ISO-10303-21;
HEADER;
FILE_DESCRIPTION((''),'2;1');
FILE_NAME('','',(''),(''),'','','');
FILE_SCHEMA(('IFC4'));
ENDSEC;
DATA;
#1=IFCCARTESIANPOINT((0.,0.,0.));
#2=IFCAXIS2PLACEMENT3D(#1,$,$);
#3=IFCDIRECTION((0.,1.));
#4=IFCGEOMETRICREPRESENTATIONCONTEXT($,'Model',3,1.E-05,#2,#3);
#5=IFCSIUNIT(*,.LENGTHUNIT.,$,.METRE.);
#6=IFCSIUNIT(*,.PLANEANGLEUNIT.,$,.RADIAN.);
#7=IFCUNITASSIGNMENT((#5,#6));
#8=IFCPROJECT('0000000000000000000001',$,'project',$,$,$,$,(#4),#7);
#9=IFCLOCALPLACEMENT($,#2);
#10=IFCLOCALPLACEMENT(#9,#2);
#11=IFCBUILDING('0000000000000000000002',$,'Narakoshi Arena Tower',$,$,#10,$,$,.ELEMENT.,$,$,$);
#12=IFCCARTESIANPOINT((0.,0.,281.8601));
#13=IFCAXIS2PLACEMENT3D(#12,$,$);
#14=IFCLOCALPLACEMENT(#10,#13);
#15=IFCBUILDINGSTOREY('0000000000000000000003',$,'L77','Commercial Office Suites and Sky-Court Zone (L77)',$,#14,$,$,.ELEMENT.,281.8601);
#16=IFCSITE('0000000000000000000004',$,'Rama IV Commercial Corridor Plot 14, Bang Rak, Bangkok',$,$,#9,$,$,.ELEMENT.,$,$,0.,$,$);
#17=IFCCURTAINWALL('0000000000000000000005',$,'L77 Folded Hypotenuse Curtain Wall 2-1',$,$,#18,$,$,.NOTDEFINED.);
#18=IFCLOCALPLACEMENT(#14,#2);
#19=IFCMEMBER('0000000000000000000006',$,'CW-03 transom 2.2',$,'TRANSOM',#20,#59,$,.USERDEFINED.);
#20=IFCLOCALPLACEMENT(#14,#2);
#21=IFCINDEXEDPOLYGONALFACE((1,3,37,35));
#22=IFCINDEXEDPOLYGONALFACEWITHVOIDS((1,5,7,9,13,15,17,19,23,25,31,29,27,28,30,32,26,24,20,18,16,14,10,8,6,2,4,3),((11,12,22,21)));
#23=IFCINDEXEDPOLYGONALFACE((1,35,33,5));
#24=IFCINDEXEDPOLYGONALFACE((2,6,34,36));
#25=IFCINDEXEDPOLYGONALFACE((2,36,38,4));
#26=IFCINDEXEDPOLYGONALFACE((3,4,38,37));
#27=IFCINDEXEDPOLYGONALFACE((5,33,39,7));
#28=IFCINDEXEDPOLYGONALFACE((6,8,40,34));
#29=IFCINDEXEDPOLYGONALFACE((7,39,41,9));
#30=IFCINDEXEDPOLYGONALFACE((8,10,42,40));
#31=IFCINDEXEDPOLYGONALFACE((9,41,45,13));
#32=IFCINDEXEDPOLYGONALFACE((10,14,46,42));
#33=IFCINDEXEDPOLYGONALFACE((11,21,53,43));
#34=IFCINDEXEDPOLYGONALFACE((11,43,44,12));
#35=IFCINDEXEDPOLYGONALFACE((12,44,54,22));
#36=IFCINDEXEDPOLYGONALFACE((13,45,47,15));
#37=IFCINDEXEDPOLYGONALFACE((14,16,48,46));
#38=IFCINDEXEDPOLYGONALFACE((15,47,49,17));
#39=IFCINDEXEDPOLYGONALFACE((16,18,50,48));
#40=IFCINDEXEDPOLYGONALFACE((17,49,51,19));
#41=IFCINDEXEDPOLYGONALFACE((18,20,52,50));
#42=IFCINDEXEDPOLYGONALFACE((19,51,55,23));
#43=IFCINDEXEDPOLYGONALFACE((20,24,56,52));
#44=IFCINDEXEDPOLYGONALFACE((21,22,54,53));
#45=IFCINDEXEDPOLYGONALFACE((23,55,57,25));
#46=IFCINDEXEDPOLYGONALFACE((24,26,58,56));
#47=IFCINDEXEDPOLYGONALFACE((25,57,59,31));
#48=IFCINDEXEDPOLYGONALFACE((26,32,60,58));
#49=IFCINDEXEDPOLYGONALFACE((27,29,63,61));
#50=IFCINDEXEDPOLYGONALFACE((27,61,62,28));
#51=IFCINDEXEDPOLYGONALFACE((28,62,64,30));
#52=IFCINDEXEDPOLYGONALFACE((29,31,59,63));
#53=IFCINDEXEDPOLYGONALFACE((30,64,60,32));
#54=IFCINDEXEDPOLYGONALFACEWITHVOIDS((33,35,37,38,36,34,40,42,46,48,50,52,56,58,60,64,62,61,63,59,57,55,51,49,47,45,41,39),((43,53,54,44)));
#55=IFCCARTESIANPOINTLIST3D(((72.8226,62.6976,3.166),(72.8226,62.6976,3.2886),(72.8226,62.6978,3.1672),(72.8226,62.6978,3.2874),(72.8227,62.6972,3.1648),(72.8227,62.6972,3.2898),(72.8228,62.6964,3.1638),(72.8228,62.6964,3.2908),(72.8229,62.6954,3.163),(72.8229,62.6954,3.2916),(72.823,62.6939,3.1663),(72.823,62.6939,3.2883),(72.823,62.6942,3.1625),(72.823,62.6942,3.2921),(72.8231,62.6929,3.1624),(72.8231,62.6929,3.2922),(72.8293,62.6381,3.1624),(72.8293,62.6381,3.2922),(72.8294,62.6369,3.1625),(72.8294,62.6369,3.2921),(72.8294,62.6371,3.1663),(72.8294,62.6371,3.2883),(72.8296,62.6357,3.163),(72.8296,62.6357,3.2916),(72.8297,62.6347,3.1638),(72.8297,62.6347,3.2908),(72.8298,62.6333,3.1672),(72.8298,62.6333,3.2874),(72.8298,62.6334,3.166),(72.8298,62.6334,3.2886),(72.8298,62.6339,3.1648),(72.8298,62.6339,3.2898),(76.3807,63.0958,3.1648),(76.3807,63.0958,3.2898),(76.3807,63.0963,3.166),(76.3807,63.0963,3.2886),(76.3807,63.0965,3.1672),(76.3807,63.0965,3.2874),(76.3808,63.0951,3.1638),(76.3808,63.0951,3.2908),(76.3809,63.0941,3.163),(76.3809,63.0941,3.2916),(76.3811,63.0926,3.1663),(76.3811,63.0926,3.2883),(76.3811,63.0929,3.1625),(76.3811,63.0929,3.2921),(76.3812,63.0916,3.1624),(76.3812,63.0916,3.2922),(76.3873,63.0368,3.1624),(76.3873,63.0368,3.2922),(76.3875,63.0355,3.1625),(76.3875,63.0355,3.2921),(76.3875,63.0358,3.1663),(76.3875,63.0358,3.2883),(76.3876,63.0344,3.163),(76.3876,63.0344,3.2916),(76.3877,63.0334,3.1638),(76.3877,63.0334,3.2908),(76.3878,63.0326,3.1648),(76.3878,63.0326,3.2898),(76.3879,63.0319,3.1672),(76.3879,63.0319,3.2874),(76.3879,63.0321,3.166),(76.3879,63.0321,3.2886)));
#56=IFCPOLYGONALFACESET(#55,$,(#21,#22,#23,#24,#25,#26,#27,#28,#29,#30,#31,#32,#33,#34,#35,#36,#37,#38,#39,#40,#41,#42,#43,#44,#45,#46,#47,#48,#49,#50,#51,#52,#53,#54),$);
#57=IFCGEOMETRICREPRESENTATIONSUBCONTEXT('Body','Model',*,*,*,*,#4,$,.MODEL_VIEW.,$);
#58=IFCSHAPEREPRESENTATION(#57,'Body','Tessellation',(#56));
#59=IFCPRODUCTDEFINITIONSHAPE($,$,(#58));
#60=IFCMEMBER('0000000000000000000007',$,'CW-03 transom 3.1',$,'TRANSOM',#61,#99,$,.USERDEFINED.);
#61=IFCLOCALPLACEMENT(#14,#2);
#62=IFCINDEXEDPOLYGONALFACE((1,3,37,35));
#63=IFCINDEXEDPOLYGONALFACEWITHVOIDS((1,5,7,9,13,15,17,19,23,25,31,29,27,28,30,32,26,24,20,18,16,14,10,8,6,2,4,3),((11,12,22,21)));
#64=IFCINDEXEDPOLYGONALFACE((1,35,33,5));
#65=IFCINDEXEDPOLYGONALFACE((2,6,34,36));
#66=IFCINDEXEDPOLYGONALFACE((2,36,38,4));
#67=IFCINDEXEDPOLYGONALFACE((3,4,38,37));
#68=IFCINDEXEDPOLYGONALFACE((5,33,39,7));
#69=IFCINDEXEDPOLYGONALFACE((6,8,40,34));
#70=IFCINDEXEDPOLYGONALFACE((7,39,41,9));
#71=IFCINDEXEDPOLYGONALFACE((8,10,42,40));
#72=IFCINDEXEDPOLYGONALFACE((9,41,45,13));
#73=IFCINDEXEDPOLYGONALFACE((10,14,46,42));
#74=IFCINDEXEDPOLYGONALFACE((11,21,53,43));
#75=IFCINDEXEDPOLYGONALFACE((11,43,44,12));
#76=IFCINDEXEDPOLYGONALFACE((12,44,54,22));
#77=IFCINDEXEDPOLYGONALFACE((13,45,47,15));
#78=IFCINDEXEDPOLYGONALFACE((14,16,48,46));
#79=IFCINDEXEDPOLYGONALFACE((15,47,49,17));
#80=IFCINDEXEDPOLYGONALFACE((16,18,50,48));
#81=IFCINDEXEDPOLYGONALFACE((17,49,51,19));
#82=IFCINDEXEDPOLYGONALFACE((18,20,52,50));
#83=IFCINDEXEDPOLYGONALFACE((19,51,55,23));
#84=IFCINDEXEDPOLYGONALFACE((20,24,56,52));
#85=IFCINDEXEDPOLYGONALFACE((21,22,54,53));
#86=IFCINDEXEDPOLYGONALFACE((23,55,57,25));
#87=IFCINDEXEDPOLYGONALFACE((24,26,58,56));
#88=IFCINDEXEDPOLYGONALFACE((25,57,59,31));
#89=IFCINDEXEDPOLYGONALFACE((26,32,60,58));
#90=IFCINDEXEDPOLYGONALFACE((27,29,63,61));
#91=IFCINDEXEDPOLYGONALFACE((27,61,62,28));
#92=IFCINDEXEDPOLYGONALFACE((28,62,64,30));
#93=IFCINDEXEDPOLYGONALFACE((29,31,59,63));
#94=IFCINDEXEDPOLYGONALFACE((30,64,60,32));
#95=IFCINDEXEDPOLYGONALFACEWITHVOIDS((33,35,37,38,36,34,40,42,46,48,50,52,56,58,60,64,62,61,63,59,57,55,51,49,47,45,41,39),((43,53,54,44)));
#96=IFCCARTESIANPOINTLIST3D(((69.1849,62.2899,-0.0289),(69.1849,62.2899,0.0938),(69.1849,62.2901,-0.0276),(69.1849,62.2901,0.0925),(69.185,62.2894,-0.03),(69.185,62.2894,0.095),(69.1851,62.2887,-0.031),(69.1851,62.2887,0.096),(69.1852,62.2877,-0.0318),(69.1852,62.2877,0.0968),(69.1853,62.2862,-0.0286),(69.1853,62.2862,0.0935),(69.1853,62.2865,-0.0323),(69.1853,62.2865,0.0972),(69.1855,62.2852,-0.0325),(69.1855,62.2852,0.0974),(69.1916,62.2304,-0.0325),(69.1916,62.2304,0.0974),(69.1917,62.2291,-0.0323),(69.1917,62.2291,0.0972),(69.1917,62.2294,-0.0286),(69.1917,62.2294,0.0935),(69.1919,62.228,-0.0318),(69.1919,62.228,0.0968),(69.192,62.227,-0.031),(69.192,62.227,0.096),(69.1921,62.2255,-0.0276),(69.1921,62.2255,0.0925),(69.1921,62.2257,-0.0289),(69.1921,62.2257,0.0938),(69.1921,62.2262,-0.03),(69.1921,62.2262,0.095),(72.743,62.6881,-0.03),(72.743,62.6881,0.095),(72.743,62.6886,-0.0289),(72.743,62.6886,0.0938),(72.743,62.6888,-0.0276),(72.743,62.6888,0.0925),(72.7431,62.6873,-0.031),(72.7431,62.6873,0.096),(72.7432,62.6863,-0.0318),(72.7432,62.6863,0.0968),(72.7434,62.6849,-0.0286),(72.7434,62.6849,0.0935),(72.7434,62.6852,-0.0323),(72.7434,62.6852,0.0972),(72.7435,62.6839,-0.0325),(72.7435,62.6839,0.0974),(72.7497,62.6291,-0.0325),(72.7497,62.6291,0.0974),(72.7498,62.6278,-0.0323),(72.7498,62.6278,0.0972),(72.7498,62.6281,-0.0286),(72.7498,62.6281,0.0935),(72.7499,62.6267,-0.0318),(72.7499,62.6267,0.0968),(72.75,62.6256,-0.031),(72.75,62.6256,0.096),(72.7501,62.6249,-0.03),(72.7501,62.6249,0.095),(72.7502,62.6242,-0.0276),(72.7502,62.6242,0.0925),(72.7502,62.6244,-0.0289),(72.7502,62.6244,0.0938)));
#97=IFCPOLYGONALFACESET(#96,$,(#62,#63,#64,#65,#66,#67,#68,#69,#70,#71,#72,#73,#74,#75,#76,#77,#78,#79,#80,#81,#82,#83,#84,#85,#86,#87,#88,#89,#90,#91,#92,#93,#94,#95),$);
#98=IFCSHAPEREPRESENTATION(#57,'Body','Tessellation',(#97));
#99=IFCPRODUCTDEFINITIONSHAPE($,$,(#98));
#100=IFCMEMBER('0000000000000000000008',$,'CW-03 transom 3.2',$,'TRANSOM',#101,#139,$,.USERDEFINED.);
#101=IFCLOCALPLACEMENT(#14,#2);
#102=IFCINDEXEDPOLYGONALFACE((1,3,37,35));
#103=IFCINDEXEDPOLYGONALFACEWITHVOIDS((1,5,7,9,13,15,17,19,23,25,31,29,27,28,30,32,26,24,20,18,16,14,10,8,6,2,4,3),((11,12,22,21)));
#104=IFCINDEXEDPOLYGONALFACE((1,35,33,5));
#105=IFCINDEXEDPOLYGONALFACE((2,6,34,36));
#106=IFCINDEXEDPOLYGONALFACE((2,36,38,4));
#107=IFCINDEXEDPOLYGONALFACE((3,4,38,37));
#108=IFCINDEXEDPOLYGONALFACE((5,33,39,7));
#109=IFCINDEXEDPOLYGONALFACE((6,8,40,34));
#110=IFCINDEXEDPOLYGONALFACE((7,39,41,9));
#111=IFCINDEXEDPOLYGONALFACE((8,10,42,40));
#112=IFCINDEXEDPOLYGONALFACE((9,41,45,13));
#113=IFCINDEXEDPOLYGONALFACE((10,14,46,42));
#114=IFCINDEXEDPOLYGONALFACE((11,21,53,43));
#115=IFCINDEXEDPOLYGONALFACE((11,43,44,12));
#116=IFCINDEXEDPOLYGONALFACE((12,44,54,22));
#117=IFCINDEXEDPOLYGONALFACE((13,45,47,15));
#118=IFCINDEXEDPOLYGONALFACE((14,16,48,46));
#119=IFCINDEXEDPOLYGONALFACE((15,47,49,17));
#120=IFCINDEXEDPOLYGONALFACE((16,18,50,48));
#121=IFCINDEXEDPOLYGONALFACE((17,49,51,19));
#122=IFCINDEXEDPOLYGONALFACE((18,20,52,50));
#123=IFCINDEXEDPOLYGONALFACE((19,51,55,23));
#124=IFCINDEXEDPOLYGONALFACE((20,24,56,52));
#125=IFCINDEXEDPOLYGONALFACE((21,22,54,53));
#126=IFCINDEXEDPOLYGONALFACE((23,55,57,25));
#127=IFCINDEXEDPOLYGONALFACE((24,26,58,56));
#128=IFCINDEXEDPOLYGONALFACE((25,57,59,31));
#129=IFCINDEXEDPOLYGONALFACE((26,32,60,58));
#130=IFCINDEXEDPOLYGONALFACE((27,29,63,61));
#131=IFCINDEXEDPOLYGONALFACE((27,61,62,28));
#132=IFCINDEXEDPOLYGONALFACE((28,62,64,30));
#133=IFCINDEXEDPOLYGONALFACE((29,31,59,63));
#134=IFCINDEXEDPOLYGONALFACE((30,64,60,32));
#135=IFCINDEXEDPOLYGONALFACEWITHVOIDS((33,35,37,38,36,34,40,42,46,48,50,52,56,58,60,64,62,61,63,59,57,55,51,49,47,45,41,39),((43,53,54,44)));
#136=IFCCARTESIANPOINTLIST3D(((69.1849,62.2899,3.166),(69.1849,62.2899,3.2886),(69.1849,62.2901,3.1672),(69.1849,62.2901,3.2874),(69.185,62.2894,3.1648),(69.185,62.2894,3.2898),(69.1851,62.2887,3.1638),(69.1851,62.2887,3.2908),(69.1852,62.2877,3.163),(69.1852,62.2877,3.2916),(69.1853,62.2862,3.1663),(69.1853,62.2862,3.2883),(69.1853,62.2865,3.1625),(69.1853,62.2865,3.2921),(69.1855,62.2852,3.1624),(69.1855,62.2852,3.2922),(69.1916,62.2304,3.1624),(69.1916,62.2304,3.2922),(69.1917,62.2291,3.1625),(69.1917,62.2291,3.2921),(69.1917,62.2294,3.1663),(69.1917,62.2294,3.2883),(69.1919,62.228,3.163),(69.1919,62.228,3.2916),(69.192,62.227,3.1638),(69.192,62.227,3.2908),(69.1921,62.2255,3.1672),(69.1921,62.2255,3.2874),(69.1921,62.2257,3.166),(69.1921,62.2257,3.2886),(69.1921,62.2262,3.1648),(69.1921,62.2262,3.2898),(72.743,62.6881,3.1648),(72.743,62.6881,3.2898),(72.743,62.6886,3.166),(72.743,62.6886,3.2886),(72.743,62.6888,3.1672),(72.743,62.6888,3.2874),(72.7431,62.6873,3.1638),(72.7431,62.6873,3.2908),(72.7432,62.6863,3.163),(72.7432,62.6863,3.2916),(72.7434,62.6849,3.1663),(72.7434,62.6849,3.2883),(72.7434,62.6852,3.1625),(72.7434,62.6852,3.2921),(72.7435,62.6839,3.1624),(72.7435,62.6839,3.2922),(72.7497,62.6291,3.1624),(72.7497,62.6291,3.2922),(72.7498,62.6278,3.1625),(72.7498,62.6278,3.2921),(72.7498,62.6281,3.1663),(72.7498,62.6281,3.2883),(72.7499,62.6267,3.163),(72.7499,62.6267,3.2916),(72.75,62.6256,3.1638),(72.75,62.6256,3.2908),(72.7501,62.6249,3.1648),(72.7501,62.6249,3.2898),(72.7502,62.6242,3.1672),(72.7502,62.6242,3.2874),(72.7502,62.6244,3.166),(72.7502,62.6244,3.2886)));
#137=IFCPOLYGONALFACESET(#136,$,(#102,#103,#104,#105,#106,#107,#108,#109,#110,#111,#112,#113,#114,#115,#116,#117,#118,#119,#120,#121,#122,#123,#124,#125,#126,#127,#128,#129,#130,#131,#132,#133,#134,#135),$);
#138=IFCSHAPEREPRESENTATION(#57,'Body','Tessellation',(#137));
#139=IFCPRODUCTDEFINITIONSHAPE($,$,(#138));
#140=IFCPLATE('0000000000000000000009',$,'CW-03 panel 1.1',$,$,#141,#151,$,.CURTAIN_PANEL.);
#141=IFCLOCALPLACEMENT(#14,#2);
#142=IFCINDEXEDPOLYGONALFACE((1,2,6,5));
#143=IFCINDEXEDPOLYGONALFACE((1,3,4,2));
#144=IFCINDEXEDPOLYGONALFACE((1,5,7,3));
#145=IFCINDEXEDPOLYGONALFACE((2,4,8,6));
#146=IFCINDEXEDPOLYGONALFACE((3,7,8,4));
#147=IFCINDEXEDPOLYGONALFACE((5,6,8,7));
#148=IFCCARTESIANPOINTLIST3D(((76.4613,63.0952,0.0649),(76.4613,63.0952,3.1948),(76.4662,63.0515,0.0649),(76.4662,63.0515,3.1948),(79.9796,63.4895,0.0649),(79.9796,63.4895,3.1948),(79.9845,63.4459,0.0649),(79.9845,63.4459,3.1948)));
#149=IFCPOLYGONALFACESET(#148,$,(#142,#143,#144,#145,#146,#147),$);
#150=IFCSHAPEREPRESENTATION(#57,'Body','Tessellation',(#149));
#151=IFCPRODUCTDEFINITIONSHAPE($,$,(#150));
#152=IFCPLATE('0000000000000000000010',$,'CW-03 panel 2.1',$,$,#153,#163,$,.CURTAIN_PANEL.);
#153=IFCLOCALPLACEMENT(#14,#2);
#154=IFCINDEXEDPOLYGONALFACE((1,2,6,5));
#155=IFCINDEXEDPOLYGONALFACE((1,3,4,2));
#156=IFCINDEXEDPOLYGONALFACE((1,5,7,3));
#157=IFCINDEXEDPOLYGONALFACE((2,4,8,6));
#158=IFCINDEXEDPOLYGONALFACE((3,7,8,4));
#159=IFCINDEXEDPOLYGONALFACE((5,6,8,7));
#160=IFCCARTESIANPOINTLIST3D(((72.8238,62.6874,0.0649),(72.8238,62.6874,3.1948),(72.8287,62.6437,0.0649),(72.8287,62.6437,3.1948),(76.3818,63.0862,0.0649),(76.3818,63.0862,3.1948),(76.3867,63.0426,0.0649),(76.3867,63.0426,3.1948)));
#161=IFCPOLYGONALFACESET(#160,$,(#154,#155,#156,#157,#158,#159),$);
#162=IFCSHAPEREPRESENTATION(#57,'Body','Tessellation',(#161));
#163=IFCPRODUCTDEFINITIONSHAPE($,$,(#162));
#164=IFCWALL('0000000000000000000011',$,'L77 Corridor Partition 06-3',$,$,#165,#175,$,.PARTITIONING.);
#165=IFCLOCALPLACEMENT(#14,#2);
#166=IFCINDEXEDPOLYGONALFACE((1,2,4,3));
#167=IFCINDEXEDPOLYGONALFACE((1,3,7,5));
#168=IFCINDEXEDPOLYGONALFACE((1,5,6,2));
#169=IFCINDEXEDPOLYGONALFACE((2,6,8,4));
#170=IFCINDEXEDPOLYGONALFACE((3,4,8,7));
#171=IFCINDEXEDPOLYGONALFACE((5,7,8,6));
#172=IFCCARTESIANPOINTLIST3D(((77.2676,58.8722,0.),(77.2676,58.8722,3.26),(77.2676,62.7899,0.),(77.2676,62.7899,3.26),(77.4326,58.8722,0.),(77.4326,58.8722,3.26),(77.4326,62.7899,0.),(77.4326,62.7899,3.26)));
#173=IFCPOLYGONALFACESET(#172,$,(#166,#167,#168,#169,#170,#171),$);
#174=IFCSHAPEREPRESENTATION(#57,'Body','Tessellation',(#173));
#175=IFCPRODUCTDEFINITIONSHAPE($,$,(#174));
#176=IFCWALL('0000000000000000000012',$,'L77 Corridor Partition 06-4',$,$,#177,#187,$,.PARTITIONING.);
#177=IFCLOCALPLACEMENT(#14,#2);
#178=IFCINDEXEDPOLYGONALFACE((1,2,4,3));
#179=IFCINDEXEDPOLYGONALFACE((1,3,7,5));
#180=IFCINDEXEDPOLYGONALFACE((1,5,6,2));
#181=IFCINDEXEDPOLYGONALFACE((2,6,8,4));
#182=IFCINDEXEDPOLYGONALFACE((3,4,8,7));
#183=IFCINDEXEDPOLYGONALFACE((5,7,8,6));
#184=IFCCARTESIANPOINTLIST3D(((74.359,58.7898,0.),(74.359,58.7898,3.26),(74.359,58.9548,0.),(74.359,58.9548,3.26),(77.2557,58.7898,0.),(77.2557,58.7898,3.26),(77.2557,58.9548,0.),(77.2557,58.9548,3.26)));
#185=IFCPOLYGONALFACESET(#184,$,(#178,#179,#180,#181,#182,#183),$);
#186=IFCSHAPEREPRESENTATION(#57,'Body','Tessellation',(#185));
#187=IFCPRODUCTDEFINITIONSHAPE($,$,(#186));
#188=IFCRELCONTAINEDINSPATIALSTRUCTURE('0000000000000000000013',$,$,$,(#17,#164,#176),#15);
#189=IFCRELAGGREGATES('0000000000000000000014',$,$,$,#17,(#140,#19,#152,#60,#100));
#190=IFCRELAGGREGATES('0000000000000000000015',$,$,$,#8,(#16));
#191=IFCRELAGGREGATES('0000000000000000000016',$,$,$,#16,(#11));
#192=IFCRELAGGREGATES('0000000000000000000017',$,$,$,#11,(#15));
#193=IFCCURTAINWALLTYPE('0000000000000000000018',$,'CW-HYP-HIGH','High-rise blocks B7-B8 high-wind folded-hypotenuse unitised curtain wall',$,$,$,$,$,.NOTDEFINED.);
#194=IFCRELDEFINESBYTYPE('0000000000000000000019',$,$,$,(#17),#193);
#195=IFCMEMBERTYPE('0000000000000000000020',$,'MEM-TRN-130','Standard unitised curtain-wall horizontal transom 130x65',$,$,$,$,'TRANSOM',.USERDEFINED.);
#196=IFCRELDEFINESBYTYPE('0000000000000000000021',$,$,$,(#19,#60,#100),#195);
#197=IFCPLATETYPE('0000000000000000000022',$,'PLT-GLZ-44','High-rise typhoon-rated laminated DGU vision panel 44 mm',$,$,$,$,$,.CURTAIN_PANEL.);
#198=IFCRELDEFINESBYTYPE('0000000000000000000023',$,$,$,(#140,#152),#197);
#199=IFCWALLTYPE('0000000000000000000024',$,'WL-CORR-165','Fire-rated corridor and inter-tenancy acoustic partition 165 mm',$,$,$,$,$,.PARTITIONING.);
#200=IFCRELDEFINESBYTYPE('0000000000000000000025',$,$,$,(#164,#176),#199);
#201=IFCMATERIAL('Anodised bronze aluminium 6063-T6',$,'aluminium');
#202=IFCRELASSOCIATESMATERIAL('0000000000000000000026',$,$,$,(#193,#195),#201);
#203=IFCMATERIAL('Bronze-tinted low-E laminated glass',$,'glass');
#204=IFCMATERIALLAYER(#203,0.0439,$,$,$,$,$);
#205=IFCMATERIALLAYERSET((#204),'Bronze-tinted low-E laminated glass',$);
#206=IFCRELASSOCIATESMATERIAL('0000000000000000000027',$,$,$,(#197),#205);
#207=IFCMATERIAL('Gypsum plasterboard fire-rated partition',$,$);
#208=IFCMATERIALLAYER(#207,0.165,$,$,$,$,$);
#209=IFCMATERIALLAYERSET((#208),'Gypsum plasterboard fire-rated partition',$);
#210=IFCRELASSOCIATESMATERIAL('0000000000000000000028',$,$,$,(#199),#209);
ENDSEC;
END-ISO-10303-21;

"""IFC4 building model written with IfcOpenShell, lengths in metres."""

from ifc_helpers import new_model, si_unit, direction, frame, frame_2d, origin, origin_2d, place, context, subcontext, project, spatial, rectangle, hollow_rectangle, extrude, material, layer, layer_set, material_profile, profile_set, type_object, element, aggregate, save


model = new_model("IFC4")

# Units and contexts
model_context = context("Model", 3, precision=1e-05, world=origin(), true_north=direction((0.0, 1.0)))
body_context = subcontext(model_context, "Body", "Model", "MODEL_VIEW")
ifc_project = project(units=[si_unit("LENGTHUNIT", "METRE"), si_unit("PLANEANGLEUNIT", "RADIAN")], contexts=[model_context])

# Site, building, storey
site_placement = place(None, origin())
site = spatial("IfcSite", under=ifc_project, at=site_placement, Name="Rama IV Commercial Corridor Plot 14, Bang Rak, Bangkok", CompositionType="ELEMENT", RefElevation=0.0)
building_placement = place(site_placement, origin())
building = spatial("IfcBuilding", under=site, at=building_placement, Name="Narakoshi Arena Tower", CompositionType="ELEMENT")
storey_placement = place(building_placement, frame((0.0, 0.0, 281.8601)))
storey = spatial("IfcBuildingStorey", under=building, at=storey_placement, Name="L77", Description="Commercial Office Suites and Sky-Court Zone (L77)", CompositionType="ELEMENT", Elevation=281.8601)

# Curtain wall, members, plates
ifc_material_1 = material(Name="Anodised bronze aluminium 6063-T6", Category="aluminium")
curtain_wall_type = type_object("IfcCurtainWallType", Name="CW-HYP-HIGH", Description="High-rise blocks B7-B8 high-wind folded-hypotenuse unitised curtain wall", PredefinedType="NOTDEFINED", material=ifc_material_1)
curtain_wall_placement = place(storey_placement, origin())
curtain_wall = element("IfcCurtainWall", 1, at=curtain_wall_placement, inside=storey, type_object=curtain_wall_type, Name="L77 Folded Hypotenuse Curtain Wall 2-1", PredefinedType="NOTDEFINED")
ifc_material_profile_1 = material_profile(ifc_material_1, hollow_rectangle(XDim=0.0649, YDim=0.1299, WallThickness=0.0039, OuterFilletRadius=0.0049, at=origin_2d()), Name="TRN130x65x4")
ifc_profile_set_1 = profile_set([ifc_material_profile_1], Name="Anodised bronze aluminium 6063-T6")
member_type_1 = type_object("IfcMemberType", Name="MEM-TRN-130", Description="Standard unitised curtain-wall horizontal transom 130x65", ElementType="TRANSOM", PredefinedType="USERDEFINED", material=ifc_profile_set_1)
member_1_placement = place(storey_placement, frame((76.3843, 63.0642, 3.2273), z_axis=(-0.993781, -0.111352, 0.0), x_axis=(0.111352, -0.993781, 0.0)))
member_1 = element("IfcMember", 2, at=member_1_placement, type_object=member_type_1, Name="CW-03 transom 2.2", ObjectType="TRANSOM", PredefinedType="USERDEFINED", context=body_context, shape_type="SweptSolid", body=[
    extrude(hollow_rectangle(XDim=0.0649, YDim=0.1299, WallThickness=0.0039, OuterFilletRadius=0.0049, at=origin_2d()), origin(), (0.0, 0.0, 1.0), 3.5803),
])
member_2_placement = place(storey_placement, frame((72.7466, 62.6565, 0.0325), z_axis=(-0.993781, -0.111352, 0.0), x_axis=(0.111352, -0.993781, 0.0)))
member_2 = element("IfcMember", 3, at=member_2_placement, type_object=member_type_1, Name="CW-03 transom 3.1", ObjectType="TRANSOM", PredefinedType="USERDEFINED", context=body_context, shape_type="SweptSolid", body=[
    extrude(hollow_rectangle(XDim=0.0649, YDim=0.1299, WallThickness=0.0039, OuterFilletRadius=0.0049, at=origin_2d()), origin(), (0.0, 0.0, 1.0), 3.5803),
])
member_3_placement = place(storey_placement, frame((72.7466, 62.6565, 3.2273), z_axis=(-0.993781, -0.111352, 0.0), x_axis=(0.111352, -0.993781, 0.0)))
member_3 = element("IfcMember", 4, at=member_3_placement, type_object=member_type_1, Name="CW-03 transom 3.2", ObjectType="TRANSOM", PredefinedType="USERDEFINED", context=body_context, shape_type="SweptSolid", body=[
    extrude(hollow_rectangle(XDim=0.0649, YDim=0.1299, WallThickness=0.0039, OuterFilletRadius=0.0049, at=origin_2d()), origin(), (0.0, 0.0, 1.0), 3.5803),
])
ifc_material_2 = material(Name="Bronze-tinted low-E laminated glass", Category="glass")
ifc_layer_1 = layer(ifc_material_2, 0.0439)
ifc_layer_set_1 = layer_set([ifc_layer_1], Name="Bronze-tinted low-E laminated glass")
plate_type = type_object("IfcPlateType", Name="PLT-GLZ-44", Description="High-rise typhoon-rated laminated DGU vision panel 44 mm", PredefinedType="CURTAIN_PANEL", material=ifc_layer_set_1)
plate_1_placement = place(storey_placement, frame((78.2229, 63.2705, 0.0649), z_axis=(0.0, 0.0, 1.0), x_axis=(-0.993776, -0.111396, 0.0)))
plate_1 = element("IfcPlate", 5, at=plate_1_placement, type_object=plate_type, Name="CW-03 panel 1.1", PredefinedType="CURTAIN_PANEL", context=body_context, shape_type="SweptSolid", body=[
    extrude(rectangle(XDim=3.5403, YDim=0.0439, at=origin_2d()), origin(), (0.0, 0.0, 1.0), 3.1299),
])
plate_2_placement = place(storey_placement, frame((74.6052, 62.865, 0.0649), z_axis=(0.0, 0.0, 1.0), x_axis=(-0.993776, -0.111396, 0.0)))
plate_2 = element("IfcPlate", 6, at=plate_2_placement, type_object=plate_type, Name="CW-03 panel 2.1", PredefinedType="CURTAIN_PANEL", context=body_context, shape_type="SweptSolid", body=[
    extrude(rectangle(XDim=3.5803, YDim=0.0439, at=origin_2d()), origin(), (0.0, 0.0, 1.0), 3.1299),
])
aggregate(curtain_wall, [plate_1, member_1, plate_2, member_2, member_3])

# Walls
ifc_material_3 = material(Name="Gypsum plasterboard fire-rated partition")
ifc_layer_2 = layer(ifc_material_3, 0.165)
ifc_layer_set_2 = layer_set([ifc_layer_2], Name="Gypsum plasterboard fire-rated partition")
wall_type_1 = type_object("IfcWallType", Name="WL-CORR-165", Description="Fire-rated corridor and inter-tenancy acoustic partition 165 mm", PredefinedType="PARTITIONING", material=ifc_layer_set_2)
wall_1_placement = place(storey_placement, frame((77.3501, 62.79, 0.0), z_axis=(0.0, 0.0, 1.0), x_axis=(0.0, -1.0, 0.0)))
element("IfcWall", 7, at=wall_1_placement, inside=storey, type_object=wall_type_1, Name="L77 Corridor Partition 06-3", PredefinedType="PARTITIONING", context=body_context, shape_type="SweptSolid", body=[
    extrude(rectangle(XDim=3.9177, YDim=0.165, at=frame_2d((1.959, 0.0))), origin(), (0.0, 0.0, 1.0), 3.26),
])
wall_2_placement = place(storey_placement, frame((77.2556, 58.8723, 0.0), z_axis=(0.0, 0.0, 1.0), x_axis=(-1.0, 0.0, 0.0)))
element("IfcWall", 8, at=wall_2_placement, inside=storey, type_object=wall_type_1, Name="L77 Corridor Partition 06-4", PredefinedType="PARTITIONING", context=body_context, shape_type="SweptSolid", body=[
    extrude(rectangle(XDim=2.8967, YDim=0.165, at=frame_2d((1.4482, 0.0))), origin(), (0.0, 0.0, 1.0), 3.26),
])

save(model, "model.ifc")
